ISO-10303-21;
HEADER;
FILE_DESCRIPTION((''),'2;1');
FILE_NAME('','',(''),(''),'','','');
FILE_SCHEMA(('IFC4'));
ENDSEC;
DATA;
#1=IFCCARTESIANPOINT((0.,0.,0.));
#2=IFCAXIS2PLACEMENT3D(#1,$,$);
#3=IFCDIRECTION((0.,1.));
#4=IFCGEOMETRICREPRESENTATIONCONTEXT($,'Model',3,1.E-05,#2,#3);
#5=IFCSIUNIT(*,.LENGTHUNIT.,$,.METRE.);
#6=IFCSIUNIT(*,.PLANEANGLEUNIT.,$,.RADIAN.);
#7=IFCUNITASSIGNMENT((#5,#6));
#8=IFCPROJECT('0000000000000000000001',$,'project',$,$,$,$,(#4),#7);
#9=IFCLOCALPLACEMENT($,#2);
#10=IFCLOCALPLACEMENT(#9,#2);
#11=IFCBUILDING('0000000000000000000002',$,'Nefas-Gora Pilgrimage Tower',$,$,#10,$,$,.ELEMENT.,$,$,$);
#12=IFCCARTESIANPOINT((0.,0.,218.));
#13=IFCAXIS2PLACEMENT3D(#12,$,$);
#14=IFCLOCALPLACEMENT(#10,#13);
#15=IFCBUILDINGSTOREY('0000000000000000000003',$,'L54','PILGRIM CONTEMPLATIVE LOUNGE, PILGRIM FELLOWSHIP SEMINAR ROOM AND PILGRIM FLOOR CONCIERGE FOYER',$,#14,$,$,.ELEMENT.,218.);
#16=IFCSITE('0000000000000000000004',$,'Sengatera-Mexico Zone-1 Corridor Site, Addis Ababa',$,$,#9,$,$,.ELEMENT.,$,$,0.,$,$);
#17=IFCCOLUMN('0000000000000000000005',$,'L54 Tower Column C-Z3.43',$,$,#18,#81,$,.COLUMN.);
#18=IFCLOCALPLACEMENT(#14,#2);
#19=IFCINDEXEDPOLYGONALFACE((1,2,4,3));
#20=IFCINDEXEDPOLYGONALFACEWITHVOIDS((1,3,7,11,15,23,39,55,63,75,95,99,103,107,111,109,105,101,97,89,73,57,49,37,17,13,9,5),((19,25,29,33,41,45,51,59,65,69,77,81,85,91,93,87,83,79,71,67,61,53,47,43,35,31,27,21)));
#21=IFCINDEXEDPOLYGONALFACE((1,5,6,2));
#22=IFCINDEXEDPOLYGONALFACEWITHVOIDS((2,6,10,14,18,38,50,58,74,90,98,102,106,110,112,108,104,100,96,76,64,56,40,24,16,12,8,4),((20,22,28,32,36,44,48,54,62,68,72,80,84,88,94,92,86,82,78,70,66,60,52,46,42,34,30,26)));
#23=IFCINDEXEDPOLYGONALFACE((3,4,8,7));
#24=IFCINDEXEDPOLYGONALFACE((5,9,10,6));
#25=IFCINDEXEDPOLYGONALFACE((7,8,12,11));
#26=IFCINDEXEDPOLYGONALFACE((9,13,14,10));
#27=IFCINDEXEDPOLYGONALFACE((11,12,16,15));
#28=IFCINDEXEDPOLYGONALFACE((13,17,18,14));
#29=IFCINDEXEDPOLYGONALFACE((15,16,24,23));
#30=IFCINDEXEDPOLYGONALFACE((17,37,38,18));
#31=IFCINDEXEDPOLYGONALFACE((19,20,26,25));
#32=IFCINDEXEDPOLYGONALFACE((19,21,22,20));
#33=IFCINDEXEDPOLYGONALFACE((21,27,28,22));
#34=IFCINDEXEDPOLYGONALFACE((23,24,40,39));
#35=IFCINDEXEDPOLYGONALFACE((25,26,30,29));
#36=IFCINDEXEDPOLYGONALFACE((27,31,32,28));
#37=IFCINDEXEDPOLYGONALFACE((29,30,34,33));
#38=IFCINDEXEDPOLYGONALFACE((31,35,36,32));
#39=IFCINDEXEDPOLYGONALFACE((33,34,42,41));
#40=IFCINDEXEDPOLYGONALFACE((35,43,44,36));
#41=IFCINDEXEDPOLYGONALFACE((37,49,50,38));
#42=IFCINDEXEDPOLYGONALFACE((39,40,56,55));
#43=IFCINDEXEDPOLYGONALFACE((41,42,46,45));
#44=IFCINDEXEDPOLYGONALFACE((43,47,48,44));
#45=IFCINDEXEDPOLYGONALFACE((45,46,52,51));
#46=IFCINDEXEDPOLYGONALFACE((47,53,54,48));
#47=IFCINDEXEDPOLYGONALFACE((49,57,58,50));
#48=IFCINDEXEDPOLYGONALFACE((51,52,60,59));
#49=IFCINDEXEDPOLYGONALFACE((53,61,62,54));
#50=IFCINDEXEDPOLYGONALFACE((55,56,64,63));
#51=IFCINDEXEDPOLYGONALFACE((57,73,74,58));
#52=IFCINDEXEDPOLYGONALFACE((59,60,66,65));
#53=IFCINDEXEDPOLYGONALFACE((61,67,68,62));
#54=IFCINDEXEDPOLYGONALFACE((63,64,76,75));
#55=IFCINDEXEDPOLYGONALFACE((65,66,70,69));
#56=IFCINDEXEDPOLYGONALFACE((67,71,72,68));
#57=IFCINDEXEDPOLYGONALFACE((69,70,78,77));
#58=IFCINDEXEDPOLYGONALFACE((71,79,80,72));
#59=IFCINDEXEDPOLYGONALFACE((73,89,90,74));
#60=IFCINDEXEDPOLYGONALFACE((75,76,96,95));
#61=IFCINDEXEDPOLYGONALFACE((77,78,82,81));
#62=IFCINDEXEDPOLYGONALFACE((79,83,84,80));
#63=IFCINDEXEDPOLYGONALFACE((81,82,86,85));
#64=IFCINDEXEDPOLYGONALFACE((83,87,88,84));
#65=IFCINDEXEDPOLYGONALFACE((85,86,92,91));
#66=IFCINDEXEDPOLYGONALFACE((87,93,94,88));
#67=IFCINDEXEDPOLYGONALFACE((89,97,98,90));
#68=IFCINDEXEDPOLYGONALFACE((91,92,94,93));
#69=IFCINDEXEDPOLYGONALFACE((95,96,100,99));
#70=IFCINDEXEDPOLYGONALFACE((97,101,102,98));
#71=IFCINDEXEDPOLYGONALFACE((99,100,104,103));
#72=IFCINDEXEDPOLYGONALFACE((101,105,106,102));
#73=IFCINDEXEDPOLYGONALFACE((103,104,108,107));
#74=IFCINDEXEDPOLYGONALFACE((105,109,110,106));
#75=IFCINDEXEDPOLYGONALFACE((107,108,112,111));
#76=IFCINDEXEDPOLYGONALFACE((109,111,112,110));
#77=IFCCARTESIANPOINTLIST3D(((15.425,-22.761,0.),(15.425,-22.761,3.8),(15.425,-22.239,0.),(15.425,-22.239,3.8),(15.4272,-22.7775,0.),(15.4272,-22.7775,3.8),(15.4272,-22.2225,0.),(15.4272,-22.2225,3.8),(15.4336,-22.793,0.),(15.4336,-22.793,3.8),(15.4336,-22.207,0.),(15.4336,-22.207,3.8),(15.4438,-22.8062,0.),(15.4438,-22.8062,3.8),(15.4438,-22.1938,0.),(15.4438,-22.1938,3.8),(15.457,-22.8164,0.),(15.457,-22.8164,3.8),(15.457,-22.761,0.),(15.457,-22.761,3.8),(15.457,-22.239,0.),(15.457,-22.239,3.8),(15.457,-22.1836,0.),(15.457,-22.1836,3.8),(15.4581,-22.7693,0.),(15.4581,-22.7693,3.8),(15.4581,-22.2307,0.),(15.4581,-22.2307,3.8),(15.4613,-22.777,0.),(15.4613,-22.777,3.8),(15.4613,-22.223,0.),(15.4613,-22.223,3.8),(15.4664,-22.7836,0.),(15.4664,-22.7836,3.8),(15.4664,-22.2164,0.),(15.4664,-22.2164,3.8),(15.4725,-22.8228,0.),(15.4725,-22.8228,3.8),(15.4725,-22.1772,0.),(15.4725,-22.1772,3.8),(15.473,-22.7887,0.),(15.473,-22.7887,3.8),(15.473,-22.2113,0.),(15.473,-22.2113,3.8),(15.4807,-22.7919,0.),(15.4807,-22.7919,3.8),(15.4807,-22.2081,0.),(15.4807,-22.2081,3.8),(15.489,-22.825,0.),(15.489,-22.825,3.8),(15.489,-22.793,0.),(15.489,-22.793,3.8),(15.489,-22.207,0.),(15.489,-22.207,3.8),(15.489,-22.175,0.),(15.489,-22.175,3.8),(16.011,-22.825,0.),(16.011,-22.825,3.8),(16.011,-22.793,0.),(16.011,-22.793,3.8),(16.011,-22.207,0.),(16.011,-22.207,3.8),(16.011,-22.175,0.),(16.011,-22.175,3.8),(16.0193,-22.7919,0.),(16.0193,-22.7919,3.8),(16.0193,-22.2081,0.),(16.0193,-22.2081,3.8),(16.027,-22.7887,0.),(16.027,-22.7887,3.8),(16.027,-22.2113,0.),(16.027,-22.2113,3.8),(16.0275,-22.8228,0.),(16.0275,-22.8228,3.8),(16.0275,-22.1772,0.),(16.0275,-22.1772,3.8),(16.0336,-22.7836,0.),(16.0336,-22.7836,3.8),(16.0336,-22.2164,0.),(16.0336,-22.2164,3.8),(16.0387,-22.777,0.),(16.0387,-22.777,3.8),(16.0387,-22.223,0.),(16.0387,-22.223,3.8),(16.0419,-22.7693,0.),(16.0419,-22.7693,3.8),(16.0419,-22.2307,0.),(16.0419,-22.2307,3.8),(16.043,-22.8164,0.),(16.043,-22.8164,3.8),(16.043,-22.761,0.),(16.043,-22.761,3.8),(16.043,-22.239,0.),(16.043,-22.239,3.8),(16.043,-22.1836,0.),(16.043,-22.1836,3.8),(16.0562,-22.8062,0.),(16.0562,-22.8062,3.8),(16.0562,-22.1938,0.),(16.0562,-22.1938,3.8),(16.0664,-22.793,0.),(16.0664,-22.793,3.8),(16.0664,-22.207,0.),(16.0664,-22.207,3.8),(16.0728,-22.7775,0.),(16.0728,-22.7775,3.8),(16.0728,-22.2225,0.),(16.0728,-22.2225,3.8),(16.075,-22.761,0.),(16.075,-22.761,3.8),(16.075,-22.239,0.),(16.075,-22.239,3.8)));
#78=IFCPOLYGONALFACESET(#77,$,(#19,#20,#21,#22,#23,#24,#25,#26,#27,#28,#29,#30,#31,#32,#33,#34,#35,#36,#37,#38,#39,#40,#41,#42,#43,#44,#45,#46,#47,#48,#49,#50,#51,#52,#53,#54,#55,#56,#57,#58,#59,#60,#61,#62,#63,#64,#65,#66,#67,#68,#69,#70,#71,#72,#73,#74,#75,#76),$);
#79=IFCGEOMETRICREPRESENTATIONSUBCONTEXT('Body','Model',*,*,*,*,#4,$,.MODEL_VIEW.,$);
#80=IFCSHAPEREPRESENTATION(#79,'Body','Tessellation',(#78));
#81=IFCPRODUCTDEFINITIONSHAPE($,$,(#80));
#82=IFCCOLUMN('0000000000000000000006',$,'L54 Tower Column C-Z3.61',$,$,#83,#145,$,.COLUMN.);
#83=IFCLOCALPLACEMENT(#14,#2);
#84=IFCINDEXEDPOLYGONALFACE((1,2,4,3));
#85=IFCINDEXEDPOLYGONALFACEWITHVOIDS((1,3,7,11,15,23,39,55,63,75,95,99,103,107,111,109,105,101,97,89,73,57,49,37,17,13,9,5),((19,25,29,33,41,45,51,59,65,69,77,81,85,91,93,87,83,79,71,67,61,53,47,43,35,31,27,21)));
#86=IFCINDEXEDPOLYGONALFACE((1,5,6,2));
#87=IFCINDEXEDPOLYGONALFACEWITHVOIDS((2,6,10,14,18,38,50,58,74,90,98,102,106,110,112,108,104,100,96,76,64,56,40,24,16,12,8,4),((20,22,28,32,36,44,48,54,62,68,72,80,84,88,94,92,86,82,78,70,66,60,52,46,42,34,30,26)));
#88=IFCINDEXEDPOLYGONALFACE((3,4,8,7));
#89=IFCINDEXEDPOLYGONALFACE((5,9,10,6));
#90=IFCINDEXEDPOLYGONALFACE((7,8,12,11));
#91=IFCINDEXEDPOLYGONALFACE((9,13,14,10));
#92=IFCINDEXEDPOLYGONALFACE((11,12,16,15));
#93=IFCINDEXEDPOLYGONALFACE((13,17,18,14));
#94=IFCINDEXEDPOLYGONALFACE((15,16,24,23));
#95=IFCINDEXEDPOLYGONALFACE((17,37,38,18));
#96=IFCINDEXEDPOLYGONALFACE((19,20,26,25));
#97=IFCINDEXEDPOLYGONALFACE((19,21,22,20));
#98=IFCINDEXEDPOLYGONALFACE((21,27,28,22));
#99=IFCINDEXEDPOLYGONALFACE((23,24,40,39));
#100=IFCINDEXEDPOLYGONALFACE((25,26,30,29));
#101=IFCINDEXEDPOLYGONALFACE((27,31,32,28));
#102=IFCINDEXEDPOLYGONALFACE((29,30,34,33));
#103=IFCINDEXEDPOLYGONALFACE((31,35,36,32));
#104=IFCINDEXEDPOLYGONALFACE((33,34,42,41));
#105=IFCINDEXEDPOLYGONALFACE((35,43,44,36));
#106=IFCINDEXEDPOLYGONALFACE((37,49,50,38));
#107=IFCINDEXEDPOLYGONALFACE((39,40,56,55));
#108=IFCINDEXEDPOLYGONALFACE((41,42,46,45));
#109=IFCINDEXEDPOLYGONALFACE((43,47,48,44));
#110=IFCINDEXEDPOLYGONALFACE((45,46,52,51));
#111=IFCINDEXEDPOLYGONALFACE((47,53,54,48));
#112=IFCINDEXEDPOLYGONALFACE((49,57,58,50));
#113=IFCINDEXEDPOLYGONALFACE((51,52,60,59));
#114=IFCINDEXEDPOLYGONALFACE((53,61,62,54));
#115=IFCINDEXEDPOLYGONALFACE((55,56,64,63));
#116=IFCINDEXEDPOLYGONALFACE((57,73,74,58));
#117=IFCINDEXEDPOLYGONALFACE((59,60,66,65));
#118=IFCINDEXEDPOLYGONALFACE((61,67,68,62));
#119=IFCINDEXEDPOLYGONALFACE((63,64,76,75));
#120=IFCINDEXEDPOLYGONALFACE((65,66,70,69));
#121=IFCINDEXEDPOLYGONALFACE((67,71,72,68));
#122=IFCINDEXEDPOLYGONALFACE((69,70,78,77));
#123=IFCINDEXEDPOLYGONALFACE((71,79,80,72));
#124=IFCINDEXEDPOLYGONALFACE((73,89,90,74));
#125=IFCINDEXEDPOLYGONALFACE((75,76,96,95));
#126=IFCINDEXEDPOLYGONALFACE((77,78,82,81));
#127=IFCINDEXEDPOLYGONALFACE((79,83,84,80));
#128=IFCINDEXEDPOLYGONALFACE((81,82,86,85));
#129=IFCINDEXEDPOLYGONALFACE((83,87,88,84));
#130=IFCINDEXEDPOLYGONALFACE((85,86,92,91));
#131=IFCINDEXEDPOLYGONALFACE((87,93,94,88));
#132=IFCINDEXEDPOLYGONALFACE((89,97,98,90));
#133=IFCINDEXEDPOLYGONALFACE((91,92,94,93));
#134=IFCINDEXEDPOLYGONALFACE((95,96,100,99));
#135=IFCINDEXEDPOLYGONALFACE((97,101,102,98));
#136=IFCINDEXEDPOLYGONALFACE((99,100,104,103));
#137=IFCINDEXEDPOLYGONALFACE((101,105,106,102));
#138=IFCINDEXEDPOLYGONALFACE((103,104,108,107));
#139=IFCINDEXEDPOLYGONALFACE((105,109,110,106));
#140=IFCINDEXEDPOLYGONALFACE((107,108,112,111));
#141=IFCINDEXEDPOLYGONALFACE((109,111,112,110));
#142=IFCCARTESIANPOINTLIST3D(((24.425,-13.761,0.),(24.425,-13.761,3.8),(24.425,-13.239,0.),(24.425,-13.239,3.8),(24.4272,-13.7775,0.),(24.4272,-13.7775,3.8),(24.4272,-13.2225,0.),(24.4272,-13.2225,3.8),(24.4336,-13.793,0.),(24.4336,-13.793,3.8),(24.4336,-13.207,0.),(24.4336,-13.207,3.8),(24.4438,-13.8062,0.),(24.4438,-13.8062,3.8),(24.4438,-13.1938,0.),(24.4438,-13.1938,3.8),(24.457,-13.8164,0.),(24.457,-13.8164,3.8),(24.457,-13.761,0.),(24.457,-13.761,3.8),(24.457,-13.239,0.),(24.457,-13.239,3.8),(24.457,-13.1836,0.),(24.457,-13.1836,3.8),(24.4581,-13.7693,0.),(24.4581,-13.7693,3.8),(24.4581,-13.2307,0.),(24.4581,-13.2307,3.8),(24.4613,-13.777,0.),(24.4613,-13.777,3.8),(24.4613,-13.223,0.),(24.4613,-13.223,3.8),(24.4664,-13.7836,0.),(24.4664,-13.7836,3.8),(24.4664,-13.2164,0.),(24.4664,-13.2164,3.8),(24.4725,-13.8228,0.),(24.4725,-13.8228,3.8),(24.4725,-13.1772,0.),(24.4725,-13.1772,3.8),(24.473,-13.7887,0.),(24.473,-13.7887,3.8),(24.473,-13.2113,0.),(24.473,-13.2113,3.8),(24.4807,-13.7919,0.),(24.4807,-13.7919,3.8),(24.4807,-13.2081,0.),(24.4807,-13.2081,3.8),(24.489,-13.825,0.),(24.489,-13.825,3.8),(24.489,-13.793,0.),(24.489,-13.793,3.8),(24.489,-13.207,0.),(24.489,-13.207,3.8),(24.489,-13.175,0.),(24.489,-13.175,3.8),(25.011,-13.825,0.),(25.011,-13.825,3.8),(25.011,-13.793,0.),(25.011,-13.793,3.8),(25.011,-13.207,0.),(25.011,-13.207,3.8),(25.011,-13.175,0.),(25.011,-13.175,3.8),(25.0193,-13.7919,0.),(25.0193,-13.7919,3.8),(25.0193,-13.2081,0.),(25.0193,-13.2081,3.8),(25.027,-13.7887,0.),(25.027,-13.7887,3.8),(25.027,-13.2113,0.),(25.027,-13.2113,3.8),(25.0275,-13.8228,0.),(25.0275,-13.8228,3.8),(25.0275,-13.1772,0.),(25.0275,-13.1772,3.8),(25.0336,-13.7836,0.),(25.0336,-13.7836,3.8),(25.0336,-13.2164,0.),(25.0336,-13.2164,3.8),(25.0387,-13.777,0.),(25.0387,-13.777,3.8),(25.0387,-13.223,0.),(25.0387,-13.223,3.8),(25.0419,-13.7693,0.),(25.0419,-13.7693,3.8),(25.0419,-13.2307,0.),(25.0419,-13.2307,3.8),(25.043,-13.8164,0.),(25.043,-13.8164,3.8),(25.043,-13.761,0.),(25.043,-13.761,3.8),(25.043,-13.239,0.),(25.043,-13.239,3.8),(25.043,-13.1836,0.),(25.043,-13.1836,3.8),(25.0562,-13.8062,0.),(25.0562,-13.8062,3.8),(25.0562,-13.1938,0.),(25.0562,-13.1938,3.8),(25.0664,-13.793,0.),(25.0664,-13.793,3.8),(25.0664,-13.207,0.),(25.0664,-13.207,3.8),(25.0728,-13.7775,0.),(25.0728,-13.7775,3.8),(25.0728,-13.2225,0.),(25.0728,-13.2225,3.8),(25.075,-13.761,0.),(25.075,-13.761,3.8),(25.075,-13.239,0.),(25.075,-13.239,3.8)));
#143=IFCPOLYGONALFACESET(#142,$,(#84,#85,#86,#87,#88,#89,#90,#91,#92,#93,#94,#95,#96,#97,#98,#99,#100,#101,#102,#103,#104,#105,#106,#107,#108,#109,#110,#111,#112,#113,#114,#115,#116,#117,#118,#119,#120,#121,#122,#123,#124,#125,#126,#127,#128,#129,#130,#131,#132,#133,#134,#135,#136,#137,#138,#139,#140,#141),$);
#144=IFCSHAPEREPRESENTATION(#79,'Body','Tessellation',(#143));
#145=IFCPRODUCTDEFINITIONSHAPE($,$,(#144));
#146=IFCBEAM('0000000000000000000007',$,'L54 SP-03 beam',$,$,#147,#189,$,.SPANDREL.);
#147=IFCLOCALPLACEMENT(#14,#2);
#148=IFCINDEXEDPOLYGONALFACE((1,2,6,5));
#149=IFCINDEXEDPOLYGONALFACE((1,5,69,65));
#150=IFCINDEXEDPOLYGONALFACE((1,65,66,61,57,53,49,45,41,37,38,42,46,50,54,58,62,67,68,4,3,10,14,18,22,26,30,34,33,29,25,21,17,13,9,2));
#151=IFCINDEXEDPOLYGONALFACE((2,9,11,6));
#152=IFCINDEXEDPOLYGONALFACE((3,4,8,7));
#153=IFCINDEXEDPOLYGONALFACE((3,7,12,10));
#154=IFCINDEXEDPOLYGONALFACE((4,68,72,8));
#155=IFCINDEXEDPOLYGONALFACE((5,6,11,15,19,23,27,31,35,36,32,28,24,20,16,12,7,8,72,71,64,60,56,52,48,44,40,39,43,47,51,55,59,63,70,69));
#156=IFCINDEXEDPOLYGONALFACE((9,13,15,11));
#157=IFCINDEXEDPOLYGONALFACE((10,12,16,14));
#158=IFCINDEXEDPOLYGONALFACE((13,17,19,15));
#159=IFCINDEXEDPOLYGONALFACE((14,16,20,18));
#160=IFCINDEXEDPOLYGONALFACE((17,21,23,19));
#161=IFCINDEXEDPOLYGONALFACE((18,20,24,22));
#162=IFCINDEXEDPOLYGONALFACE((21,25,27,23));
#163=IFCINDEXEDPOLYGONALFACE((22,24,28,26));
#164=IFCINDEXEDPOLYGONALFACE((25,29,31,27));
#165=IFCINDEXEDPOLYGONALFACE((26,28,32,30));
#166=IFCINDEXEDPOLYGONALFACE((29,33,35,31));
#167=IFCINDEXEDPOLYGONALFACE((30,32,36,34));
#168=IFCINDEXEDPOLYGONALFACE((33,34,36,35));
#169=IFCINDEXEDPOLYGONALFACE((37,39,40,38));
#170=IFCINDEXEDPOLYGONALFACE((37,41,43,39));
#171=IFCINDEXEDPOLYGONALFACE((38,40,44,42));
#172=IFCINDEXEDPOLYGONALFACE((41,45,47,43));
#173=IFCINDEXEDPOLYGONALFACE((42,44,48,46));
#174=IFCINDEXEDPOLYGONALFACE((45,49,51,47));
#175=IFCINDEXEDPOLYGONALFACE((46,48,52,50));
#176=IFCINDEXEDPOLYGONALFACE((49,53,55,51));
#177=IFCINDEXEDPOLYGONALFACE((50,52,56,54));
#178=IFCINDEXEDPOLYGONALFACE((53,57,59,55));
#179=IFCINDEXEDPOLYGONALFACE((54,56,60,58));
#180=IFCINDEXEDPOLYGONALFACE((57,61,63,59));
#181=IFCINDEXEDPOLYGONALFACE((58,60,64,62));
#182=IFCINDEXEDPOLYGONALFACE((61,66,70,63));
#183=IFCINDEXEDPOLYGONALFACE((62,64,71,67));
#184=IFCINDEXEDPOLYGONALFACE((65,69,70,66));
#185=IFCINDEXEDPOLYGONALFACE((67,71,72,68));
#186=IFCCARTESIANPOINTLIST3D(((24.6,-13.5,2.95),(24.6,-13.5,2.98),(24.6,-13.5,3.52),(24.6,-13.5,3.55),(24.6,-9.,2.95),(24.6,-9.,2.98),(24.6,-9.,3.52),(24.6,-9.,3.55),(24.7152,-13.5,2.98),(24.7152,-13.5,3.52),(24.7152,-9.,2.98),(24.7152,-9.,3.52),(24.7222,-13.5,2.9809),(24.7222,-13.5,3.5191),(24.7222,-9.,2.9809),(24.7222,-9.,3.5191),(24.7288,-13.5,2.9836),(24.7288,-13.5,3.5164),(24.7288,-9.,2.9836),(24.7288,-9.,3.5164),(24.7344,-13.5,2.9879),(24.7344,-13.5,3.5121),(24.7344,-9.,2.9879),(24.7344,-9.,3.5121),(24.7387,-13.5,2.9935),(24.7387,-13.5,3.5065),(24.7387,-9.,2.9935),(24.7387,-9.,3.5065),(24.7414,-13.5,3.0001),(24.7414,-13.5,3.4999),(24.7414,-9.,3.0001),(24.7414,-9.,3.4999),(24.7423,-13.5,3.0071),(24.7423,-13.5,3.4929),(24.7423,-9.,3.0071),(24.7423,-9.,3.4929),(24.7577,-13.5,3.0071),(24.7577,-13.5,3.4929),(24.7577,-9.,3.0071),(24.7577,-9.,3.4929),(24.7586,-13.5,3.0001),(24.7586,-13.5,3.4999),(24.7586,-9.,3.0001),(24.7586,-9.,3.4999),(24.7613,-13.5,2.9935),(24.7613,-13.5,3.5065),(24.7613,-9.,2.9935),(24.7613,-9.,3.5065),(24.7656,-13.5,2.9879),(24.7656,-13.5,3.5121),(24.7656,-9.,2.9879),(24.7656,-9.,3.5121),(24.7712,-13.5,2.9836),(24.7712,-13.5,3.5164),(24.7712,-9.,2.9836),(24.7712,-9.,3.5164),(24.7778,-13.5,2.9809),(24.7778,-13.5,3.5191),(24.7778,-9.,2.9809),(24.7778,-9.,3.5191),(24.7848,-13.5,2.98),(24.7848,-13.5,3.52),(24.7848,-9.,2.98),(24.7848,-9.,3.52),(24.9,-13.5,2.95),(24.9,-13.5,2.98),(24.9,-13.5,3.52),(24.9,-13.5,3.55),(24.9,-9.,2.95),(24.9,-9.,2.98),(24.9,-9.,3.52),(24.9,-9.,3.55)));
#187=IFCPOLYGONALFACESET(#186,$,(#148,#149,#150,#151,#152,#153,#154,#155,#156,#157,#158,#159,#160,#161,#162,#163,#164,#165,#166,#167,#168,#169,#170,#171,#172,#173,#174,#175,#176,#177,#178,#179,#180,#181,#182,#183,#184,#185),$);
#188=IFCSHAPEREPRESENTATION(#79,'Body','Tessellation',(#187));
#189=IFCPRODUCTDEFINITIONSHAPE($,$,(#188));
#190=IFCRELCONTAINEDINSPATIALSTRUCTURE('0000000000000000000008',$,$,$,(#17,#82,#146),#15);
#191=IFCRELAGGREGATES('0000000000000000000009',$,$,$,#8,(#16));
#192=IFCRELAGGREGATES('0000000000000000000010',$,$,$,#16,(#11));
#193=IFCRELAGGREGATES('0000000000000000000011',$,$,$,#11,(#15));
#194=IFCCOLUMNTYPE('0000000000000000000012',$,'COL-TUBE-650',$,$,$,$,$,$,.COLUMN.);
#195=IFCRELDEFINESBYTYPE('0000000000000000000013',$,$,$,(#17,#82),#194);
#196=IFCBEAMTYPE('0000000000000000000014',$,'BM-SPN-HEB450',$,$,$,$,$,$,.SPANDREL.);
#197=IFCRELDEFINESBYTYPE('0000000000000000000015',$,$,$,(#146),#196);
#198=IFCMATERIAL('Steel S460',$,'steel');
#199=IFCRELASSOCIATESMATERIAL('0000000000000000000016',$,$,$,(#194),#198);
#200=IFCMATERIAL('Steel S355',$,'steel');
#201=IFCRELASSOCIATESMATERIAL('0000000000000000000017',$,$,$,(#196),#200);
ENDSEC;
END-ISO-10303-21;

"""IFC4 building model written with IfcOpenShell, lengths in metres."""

from ifc_helpers import new_model, si_unit, direction, frame, origin, origin_2d, place, context, subcontext, project, spatial, hollow_rectangle, i_section, extrude, source, transform, mapped, material, material_profile, profile_set, type_object, element, save


model = new_model("IFC4")

# Units and contexts
model_context = context("Model", 3, precision=1e-05, world=origin(), true_north=direction((0.0, 1.0)))
body_context = subcontext(model_context, "Body", "Model", "MODEL_VIEW")
ifc_project = project(units=[si_unit("LENGTHUNIT", "METRE"), si_unit("PLANEANGLEUNIT", "RADIAN")], contexts=[model_context])

# Site, building, storey
site_placement = place(None, origin())
site = spatial("IfcSite", under=ifc_project, at=site_placement, Name="Sengatera-Mexico Zone-1 Corridor Site, Addis Ababa", CompositionType="ELEMENT", RefElevation=0.0)
building_placement = place(site_placement, origin())
building = spatial("IfcBuilding", under=site, at=building_placement, Name="Nefas-Gora Pilgrimage Tower", CompositionType="ELEMENT")
storey_placement = place(building_placement, frame((0.0, 0.0, 218.0)))
storey = spatial("IfcBuildingStorey", under=building, at=storey_placement, Name="L54", Description="PILGRIM CONTEMPLATIVE LOUNGE, PILGRIM FELLOWSHIP SEMINAR ROOM AND PILGRIM FLOOR CONCIERGE FOYER", CompositionType="ELEMENT", Elevation=218.0)

# Columns
ifc_material_1 = material(Name="Steel S460", Category="steel")
ifc_material_profile_1 = material_profile(ifc_material_1, hollow_rectangle(XDim=0.6499, YDim=0.6499, WallThickness=0.032, InnerFilletRadius=0.032, OuterFilletRadius=0.064, at=origin_2d()), Name="BOX 650x650x32")
ifc_profile_set_1 = profile_set([ifc_material_profile_1], Name="Steel S460")
column_type_1 = type_object("IfcColumnType", Name="COL-TUBE-650", PredefinedType="COLUMN", material=ifc_profile_set_1)
shared_shape_1 = source(origin(), body_context, "Body", "SweptSolid", [
    extrude(hollow_rectangle(XDim=0.6499, YDim=0.6499, WallThickness=0.032, InnerFilletRadius=0.032, OuterFilletRadius=0.064, at=origin_2d()), origin(), (0.0, 0.0, 1.0), 3.8),
])
for number, where, z_axis, x_axis, name in (
    (1, (15.75, -22.5, 0.0), (0.0, 0.0, 1.0), (1.0, 0.0, 0.0), "L54 Tower Column C-Z3.43"),
    (2, (24.75, -13.5, 0.0), (0.0, 0.0, 1.0), (1.0, 0.0, 0.0), "L54 Tower Column C-Z3.61"),
):
    element("IfcColumn", number, at=place(storey_placement, frame(where, z_axis=z_axis, x_axis=x_axis)), inside=storey, type_object=column_type_1, Name=name, PredefinedType="COLUMN", context=body_context, shape_type="MappedRepresentation", body=[
        mapped(shared_shape_1, transform((0.0, 0.0, 0.0), x_axis=(1.0, 0.0, 0.0), y_axis=(0.0, 1.0, 0.0), z_axis=(0.0, 0.0, 1.0), scale=1.0)),
    ])

# Beam
ifc_material_2 = material(Name="Steel S355", Category="steel")
ifc_material_profile_2 = material_profile(ifc_material_2, i_section(OverallWidth=0.3, OverallDepth=0.6001, WebThickness=0.0154, FlangeThickness=0.03, FilletRadius=0.0271, at=origin_2d()), Name="HEB 600")
ifc_profile_set_2 = profile_set([ifc_material_profile_2], Name="Steel S355")
beam_type_1 = type_object("IfcBeamType", Name="BM-SPN-HEB450", PredefinedType="SPANDREL", material=ifc_profile_set_2)
shared_shape_2 = source(origin(), body_context, "Body", "SweptSolid", [
    extrude(i_section(OverallWidth=0.3, OverallDepth=0.6001, WebThickness=0.0154, FlangeThickness=0.03, FilletRadius=0.0271, at=origin_2d()), origin(), (0.0, 0.0, 1.0), 4.5),
])
beam_1_placement = place(storey_placement, frame((24.75, -13.5, 3.25), z_axis=(0.0, 1.0, 0.0), x_axis=(-1.0, 0.0, 0.0)))
element("IfcBeam", 3, at=beam_1_placement, inside=storey, type_object=beam_type_1, Name="L54 SP-03 beam", PredefinedType="SPANDREL", context=body_context, shape_type="MappedRepresentation", body=[
    mapped(shared_shape_2, transform((0.0, 0.0, 0.0), x_axis=(1.0, 0.0, 0.0), y_axis=(0.0, 1.0, 0.0), z_axis=(0.0, 0.0, 1.0), scale=1.0)),
])

save(model, "model.ifc")
